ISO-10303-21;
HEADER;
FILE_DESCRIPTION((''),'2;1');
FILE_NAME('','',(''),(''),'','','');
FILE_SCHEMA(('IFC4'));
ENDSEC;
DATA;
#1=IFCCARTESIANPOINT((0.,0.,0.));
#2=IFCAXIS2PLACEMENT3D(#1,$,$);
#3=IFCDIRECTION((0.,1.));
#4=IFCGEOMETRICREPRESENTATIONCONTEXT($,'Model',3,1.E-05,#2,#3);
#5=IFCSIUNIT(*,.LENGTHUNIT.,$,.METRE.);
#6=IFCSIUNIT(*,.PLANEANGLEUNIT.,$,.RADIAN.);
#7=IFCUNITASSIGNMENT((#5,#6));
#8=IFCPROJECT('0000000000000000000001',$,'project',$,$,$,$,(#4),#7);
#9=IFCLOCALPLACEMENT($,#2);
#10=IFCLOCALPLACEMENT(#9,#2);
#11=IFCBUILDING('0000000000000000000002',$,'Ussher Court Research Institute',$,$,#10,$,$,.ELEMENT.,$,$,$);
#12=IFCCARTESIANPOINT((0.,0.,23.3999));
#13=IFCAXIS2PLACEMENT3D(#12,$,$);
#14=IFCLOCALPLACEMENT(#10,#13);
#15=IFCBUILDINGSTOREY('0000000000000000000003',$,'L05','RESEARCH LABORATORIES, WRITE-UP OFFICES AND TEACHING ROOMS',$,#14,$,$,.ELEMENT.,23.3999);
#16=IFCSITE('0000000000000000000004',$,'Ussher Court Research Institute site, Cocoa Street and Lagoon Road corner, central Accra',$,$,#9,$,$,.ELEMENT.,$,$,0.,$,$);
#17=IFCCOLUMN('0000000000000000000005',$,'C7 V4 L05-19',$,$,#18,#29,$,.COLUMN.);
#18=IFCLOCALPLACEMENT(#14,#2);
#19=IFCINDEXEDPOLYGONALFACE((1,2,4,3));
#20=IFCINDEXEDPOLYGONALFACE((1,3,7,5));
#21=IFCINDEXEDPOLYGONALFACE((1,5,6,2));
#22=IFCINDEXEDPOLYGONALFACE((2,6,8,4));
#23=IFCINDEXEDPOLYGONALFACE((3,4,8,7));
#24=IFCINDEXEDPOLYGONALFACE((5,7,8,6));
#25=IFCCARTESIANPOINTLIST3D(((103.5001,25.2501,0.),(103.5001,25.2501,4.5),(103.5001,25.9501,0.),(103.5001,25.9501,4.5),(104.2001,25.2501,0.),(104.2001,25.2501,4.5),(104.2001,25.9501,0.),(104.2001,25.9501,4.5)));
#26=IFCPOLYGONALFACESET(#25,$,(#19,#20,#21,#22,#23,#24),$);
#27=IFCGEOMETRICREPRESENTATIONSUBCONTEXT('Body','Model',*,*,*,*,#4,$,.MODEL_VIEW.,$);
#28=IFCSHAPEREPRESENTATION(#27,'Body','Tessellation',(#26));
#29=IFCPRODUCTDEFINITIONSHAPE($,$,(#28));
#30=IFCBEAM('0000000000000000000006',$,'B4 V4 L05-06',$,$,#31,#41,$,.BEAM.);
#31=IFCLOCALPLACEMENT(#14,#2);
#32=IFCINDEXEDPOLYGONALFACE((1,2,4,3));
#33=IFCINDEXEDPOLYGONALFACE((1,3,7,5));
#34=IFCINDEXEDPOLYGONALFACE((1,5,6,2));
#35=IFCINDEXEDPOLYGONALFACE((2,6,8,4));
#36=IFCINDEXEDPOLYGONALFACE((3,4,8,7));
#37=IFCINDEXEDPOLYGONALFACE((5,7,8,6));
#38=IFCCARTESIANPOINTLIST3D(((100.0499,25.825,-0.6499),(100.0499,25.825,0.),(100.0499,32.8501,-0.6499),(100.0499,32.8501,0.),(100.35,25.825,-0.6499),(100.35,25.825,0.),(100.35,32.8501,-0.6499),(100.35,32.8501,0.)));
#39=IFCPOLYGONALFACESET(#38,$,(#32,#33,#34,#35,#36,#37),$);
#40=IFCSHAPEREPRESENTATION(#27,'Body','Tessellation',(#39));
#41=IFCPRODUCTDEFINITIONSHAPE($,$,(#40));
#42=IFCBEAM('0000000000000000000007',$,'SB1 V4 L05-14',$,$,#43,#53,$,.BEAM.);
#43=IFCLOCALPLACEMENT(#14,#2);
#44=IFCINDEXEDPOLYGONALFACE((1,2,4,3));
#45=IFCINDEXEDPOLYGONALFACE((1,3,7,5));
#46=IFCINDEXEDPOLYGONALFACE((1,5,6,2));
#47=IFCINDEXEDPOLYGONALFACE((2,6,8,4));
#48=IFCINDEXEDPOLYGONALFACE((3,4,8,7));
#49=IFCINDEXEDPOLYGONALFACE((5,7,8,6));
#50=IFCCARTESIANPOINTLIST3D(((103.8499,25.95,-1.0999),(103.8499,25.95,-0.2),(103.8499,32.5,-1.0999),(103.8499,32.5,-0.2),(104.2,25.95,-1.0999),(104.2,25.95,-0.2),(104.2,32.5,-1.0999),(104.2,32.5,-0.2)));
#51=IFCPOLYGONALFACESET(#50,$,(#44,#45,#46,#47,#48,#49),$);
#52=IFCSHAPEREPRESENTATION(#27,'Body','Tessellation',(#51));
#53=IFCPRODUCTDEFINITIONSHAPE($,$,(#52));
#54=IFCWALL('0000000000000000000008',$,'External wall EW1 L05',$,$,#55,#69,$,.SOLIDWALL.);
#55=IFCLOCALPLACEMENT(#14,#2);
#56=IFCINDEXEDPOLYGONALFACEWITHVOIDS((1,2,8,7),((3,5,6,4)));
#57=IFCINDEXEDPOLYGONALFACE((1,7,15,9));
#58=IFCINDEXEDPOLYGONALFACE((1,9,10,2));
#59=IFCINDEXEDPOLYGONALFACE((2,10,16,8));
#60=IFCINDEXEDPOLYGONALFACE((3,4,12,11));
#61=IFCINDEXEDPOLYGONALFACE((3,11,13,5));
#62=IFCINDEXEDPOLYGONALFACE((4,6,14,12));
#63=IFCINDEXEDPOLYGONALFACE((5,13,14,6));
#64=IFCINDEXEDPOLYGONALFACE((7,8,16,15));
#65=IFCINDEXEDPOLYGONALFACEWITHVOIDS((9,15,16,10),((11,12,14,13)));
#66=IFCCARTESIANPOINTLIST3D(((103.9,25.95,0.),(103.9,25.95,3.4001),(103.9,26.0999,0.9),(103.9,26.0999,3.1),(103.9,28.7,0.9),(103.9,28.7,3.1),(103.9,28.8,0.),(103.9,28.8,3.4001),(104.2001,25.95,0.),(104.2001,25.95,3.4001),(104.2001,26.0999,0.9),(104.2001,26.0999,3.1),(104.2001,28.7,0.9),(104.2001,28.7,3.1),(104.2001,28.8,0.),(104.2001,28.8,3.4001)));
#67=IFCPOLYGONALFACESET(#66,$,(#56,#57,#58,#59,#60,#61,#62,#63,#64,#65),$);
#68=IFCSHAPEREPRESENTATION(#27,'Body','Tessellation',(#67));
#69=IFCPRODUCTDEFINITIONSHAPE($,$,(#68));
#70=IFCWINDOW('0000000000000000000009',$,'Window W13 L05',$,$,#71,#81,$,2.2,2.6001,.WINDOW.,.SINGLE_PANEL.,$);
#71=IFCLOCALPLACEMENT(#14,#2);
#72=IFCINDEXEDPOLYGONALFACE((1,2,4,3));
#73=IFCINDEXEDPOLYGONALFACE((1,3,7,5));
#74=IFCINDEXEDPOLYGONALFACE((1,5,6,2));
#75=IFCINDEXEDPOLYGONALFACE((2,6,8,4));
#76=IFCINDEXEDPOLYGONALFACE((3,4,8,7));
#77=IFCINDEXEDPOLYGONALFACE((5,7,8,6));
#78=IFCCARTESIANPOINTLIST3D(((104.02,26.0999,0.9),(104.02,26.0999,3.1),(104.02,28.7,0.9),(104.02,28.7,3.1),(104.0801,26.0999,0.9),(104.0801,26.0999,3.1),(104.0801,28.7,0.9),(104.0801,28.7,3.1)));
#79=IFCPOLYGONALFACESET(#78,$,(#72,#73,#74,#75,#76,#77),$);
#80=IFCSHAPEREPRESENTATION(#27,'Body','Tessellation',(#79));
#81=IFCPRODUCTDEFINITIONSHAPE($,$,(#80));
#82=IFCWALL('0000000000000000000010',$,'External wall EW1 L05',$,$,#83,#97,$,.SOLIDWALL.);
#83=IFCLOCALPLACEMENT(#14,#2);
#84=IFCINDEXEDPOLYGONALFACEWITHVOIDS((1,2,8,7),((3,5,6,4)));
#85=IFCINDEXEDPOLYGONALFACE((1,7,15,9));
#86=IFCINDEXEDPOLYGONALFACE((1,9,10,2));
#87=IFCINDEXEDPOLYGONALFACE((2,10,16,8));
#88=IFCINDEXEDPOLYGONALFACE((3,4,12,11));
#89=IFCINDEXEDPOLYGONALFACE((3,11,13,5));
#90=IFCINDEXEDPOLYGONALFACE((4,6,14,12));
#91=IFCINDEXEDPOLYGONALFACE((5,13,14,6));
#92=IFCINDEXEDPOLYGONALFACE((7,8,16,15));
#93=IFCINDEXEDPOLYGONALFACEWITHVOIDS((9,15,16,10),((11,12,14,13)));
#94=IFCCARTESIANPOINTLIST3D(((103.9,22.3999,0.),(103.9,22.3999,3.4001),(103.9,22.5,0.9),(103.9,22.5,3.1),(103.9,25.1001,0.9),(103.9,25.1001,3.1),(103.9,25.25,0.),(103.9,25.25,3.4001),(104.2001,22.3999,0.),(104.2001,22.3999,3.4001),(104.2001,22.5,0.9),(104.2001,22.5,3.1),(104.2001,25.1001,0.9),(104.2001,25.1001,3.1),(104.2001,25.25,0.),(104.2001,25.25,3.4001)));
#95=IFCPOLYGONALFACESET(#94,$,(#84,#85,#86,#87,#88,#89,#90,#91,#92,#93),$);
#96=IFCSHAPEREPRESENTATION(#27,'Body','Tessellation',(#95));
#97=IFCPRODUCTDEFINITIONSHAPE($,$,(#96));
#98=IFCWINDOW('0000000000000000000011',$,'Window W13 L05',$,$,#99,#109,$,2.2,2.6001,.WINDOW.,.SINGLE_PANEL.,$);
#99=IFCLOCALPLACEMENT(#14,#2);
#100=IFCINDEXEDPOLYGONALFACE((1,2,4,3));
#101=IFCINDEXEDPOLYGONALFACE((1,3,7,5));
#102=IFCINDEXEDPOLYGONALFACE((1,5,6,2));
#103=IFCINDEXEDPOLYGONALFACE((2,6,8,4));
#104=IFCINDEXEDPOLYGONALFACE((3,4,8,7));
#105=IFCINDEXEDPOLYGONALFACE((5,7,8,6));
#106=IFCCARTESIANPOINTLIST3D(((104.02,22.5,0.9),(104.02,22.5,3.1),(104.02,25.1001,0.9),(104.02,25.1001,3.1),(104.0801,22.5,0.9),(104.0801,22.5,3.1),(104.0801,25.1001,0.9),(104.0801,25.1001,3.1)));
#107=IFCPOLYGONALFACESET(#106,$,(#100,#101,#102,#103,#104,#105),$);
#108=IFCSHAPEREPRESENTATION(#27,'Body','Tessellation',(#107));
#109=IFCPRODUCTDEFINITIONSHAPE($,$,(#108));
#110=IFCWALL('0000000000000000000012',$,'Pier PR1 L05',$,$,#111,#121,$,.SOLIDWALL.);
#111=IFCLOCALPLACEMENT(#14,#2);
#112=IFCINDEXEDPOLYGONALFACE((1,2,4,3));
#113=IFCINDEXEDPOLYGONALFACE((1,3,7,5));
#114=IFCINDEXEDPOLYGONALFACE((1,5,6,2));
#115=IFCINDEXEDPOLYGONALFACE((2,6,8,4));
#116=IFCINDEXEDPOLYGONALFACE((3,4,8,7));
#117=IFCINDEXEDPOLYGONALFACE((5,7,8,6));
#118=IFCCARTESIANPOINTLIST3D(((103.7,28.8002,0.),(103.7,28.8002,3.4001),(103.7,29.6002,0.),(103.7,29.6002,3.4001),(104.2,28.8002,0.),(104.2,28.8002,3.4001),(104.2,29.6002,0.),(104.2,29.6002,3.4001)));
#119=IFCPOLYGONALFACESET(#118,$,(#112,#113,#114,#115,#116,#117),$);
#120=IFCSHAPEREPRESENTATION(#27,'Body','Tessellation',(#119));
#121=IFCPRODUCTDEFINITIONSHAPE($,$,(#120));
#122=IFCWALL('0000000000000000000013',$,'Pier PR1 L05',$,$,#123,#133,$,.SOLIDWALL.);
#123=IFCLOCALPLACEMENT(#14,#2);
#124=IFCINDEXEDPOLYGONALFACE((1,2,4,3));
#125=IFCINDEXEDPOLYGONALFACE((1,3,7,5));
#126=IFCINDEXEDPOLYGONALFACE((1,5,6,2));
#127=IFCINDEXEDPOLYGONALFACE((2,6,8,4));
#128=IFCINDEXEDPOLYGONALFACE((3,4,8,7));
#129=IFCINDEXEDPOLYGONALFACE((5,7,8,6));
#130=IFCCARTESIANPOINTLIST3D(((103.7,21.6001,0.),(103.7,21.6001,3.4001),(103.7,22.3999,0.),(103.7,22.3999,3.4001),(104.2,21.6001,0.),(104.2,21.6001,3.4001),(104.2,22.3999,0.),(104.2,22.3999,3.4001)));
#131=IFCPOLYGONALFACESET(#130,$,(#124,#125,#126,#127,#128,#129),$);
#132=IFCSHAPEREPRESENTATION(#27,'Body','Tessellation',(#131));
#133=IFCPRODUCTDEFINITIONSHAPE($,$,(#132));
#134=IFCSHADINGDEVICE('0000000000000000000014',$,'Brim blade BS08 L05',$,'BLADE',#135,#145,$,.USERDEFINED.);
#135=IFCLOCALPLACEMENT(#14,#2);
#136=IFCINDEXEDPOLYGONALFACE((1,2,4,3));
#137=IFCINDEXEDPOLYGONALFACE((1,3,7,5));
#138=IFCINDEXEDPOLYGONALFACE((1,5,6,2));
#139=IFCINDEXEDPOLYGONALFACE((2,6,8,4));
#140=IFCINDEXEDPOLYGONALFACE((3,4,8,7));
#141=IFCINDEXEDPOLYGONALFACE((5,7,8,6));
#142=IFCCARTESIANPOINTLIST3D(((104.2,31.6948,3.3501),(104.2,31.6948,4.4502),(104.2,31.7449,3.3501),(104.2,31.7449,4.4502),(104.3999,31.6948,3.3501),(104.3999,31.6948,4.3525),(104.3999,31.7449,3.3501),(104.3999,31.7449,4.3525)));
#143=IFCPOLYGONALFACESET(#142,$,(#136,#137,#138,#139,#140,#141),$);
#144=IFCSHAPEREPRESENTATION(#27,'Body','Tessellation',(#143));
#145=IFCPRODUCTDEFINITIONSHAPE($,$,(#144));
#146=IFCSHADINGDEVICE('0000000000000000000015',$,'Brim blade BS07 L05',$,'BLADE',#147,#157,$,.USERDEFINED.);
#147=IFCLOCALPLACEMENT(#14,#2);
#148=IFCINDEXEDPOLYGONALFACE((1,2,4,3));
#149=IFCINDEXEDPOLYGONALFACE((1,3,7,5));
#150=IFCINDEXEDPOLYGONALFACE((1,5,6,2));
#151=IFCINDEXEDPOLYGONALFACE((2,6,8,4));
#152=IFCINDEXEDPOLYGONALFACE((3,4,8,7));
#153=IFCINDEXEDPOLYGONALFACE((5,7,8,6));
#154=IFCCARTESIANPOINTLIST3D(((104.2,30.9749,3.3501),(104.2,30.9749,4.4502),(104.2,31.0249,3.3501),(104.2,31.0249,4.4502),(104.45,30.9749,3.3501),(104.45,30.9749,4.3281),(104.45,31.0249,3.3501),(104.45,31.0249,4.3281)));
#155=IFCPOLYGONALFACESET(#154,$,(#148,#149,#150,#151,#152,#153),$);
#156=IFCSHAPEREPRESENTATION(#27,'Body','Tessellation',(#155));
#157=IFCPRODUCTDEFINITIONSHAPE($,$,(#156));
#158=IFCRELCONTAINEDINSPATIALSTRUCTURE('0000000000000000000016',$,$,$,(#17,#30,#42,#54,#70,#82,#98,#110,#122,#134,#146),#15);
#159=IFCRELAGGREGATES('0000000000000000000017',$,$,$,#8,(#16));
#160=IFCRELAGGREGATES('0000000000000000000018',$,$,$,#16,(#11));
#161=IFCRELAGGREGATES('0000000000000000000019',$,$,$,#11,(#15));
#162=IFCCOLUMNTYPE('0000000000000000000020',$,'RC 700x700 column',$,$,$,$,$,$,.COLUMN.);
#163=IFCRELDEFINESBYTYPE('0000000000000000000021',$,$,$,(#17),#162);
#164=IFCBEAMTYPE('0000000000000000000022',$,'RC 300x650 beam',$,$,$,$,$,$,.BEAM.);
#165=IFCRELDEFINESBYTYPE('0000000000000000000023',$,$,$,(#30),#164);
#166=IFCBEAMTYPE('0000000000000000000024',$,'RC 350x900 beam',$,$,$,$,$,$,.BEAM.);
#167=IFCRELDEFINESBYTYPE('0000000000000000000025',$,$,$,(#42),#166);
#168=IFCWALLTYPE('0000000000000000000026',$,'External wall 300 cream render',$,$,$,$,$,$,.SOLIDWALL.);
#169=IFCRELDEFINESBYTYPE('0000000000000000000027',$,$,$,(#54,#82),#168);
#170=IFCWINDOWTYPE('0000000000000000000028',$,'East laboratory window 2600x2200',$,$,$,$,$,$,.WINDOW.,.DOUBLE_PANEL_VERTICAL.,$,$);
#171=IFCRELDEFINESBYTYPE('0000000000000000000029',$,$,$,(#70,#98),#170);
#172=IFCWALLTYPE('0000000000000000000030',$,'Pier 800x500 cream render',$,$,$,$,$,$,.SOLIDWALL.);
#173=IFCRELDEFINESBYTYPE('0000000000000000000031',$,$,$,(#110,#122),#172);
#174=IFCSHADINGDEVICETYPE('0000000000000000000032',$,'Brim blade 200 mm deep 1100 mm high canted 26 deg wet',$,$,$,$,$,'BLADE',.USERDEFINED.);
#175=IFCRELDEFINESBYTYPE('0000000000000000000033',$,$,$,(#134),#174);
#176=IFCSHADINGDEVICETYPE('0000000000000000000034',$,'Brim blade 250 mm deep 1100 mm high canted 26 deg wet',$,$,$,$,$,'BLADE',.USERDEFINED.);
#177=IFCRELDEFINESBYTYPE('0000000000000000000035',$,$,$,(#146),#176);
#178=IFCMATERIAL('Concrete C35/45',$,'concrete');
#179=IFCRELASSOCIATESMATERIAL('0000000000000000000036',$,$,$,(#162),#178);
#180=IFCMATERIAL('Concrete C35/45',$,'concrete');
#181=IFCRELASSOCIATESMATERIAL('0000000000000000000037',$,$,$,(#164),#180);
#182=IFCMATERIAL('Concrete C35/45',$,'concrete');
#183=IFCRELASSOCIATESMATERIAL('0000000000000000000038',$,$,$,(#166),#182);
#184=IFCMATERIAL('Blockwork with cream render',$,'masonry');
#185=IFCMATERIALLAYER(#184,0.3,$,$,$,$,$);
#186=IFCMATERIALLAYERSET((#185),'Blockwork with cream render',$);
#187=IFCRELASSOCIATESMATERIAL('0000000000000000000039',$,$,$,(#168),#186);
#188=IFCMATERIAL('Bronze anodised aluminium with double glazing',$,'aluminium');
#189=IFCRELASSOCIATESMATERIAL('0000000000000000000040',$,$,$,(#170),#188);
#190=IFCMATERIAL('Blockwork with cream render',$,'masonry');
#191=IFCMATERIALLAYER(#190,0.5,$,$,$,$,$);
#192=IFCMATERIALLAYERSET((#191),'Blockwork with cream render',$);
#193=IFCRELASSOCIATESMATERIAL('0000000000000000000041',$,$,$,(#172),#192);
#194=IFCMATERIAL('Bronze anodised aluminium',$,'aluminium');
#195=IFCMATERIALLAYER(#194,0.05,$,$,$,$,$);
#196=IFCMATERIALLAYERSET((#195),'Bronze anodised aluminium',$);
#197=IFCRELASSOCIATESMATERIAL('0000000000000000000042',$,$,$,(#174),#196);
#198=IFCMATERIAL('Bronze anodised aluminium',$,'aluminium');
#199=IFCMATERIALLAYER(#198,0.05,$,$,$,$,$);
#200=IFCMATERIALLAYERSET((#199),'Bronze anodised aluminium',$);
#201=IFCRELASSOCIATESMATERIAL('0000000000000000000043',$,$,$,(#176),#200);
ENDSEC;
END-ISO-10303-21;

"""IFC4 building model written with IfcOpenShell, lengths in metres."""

from ifc_helpers import new_model, si_unit, direction, frame, frame_2d, origin, origin_2d, place, context, subcontext, project, spatial, polyline, rectangle, outline, extrude, material, layer, layer_set, material_profile, profile_set, type_object, element, fill, save


model = new_model("IFC4")

# Units and contexts
model_context = context("Model", 3, precision=1e-05, world=origin(), true_north=direction((0.0, 1.0)))
body_context = subcontext(model_context, "Body", "Model", "MODEL_VIEW")
ifc_project = project(units=[si_unit("LENGTHUNIT", "METRE"), si_unit("PLANEANGLEUNIT", "RADIAN")], contexts=[model_context])

# Site, building, storey
site_placement = place(None, origin())
site = spatial("IfcSite", under=ifc_project, at=site_placement, Name="Ussher Court Research Institute site, Cocoa Street and Lagoon Road corner, central Accra", CompositionType="ELEMENT", RefElevation=0.0)
building_placement = place(site_placement, origin())
building = spatial("IfcBuilding", under=site, at=building_placement, Name="Ussher Court Research Institute", CompositionType="ELEMENT")
storey_placement = place(building_placement, frame((0.0, 0.0, 23.3999)))
storey = spatial("IfcBuildingStorey", under=building, at=storey_placement, Name="L05", Description="RESEARCH LABORATORIES, WRITE-UP OFFICES AND TEACHING ROOMS", CompositionType="ELEMENT", Elevation=23.3999)

# Column
ifc_material_1 = material(Name="Concrete C35/45", Category="concrete")
ifc_material_profile_1 = material_profile(ifc_material_1, rectangle(XDim=0.7, YDim=0.7, at=origin_2d()), Name="RC 700x700")
ifc_profile_set_1 = profile_set([ifc_material_profile_1], Name="Concrete C35/45")
column_type = type_object("IfcColumnType", Name="RC 700x700 column", PredefinedType="COLUMN", material=ifc_profile_set_1)
column_placement = place(storey_placement, frame((103.8501, 25.6001, 0.0), z_axis=(0.0, 0.0, 1.0), x_axis=(1.0, 0.0, 0.0)))
element("IfcColumn", 1, at=column_placement, inside=storey, type_object=column_type, Name="C7 V4 L05-19", PredefinedType="COLUMN", context=body_context, shape_type="SweptSolid", body=[
    extrude(rectangle(XDim=0.7, YDim=0.7, at=origin_2d()), origin(), (0.0, 0.0, 1.0), 4.5),
])

# Beams
ifc_material_2 = material(Name="Concrete C35/45", Category="concrete")
ifc_material_profile_2 = material_profile(ifc_material_2, rectangle(XDim=0.3, YDim=0.6499, at=origin_2d()), Name="RC 300x650")
ifc_profile_set_2 = profile_set([ifc_material_profile_2], Name="Concrete C35/45")
beam_type_1 = type_object("IfcBeamType", Name="RC 300x650 beam", PredefinedType="BEAM", material=ifc_profile_set_2)
beam_1_placement = place(storey_placement, frame((100.2, 25.825, -0.325), z_axis=(0.0, 1.0, 0.0), x_axis=(-1.0, 0.0, 0.0)))
element("IfcBeam", 2, at=beam_1_placement, inside=storey, type_object=beam_type_1, Name="B4 V4 L05-06", PredefinedType="BEAM", context=body_context, shape_type="SweptSolid", body=[
    extrude(rectangle(XDim=0.3, YDim=0.6499, at=origin_2d()), origin(), (0.0, 0.0, 1.0), 7.0251),
])
ifc_material_3 = material(Name="Concrete C35/45", Category="concrete")
ifc_material_profile_3 = material_profile(ifc_material_3, rectangle(XDim=0.3501, YDim=0.8999, at=origin_2d()), Name="RC 350x900")
ifc_profile_set_3 = profile_set([ifc_material_profile_3], Name="Concrete C35/45")
beam_type_2 = type_object("IfcBeamType", Name="RC 350x900 beam", PredefinedType="BEAM", material=ifc_profile_set_3)
beam_2_placement = place(storey_placement, frame((104.0249, 25.95, -0.6499), z_axis=(0.0, 1.0, 0.0), x_axis=(-1.0, 0.0, 0.0)))
element("IfcBeam", 3, at=beam_2_placement, inside=storey, type_object=beam_type_2, Name="SB1 V4 L05-14", PredefinedType="BEAM", context=body_context, shape_type="SweptSolid", body=[
    extrude(rectangle(XDim=0.3501, YDim=0.8999, at=origin_2d()), origin(), (0.0, 0.0, 1.0), 6.55),
])

# Walls, openings, windows
ifc_material_4 = material(Name="Blockwork with cream render", Category="masonry")
ifc_layer_1 = layer(ifc_material_4, 0.3)
ifc_layer_set_1 = layer_set([ifc_layer_1], Name="Blockwork with cream render")
wall_type_1 = type_object("IfcWallType", Name="External wall 300 cream render", PredefinedType="SOLIDWALL", material=ifc_layer_set_1)
wall_1_placement = place(storey_placement, frame((104.05, 28.8, 0.0), z_axis=(0.0, 0.0, 1.0), x_axis=(0.0, -1.0, 0.0)))
wall_1 = element("IfcWall", 4, at=wall_1_placement, inside=storey, type_object=wall_type_1, Name="External wall EW1 L05", PredefinedType="SOLIDWALL", context=body_context, shape_type="SweptSolid", body=[
    extrude(rectangle(XDim=2.8501, YDim=0.3, at=frame_2d((1.425, 0.0))), origin(), (0.0, 0.0, 1.0), 3.4001),
])
opening_1_placement = place(wall_1_placement, frame((0.1001, 0.0, 0.8999)))
opening_1 = element("IfcOpeningElement", 5, at=opening_1_placement, cuts=wall_1, PredefinedType="OPENING", context=body_context, shape_type="SweptSolid", body=[
    extrude(rectangle(XDim=2.6001, YDim=2.2, at=frame_2d((1.3, 1.1001))), frame((0.0, 0.1602, 0.0), z_axis=(0.0, -1.0, 0.0), x_axis=(1.0, 0.0, 0.0)), (0.0, 0.0, 1.0), 0.3201),
])
ifc_material_5 = material(Name="Bronze anodised aluminium with double glazing", Category="aluminium")
window_type = type_object("IfcWindowType", Name="East laboratory window 2600x2200", PartitioningType="DOUBLE_PANEL_VERTICAL", PredefinedType="WINDOW", material=ifc_material_5)
window_1_placement = place(opening_1_placement, origin())
window_1 = element("IfcWindow", 6, at=window_1_placement, inside=storey, type_object=window_type, Name="Window W13 L05", OverallHeight=2.2, OverallWidth=2.6001, PartitioningType="SINGLE_PANEL", PredefinedType="WINDOW", context=body_context, shape_type="SweptSolid", body=[
    extrude(rectangle(XDim=2.6001, YDim=2.2, at=frame_2d((1.3, 1.1001))), frame((0.0, 0.03, 0.0), z_axis=(0.0, -1.0, 0.0), x_axis=(1.0, 0.0, 0.0)), (0.0, 0.0, 1.0), 0.0601),
])
fill(opening_1, window_1)
wall_2_placement = place(storey_placement, frame((104.05, 25.25, 0.0), z_axis=(0.0, 0.0, 1.0), x_axis=(0.0, -1.0, 0.0)))
wall_2 = element("IfcWall", 7, at=wall_2_placement, inside=storey, type_object=wall_type_1, Name="External wall EW1 L05", PredefinedType="SOLIDWALL", context=body_context, shape_type="SweptSolid", body=[
    extrude(rectangle(XDim=2.8501, YDim=0.3, at=frame_2d((1.425, 0.0))), origin(), (0.0, 0.0, 1.0), 3.4001),
])
opening_2_placement = place(wall_2_placement, frame((0.1499, 0.0, 0.8999)))
opening_2 = element("IfcOpeningElement", 8, at=opening_2_placement, cuts=wall_2, PredefinedType="OPENING", context=body_context, shape_type="SweptSolid", body=[
    extrude(rectangle(XDim=2.6001, YDim=2.2, at=frame_2d((1.3, 1.1001))), frame((0.0, 0.1602, 0.0), z_axis=(0.0, -1.0, 0.0), x_axis=(1.0, 0.0, 0.0)), (0.0, 0.0, 1.0), 0.3201),
])
window_2_placement = place(opening_2_placement, origin())
window_2 = element("IfcWindow", 9, at=window_2_placement, inside=storey, type_object=window_type, Name="Window W13 L05", OverallHeight=2.2, OverallWidth=2.6001, PartitioningType="SINGLE_PANEL", PredefinedType="WINDOW", context=body_context, shape_type="SweptSolid", body=[
    extrude(rectangle(XDim=2.6001, YDim=2.2, at=frame_2d((1.3, 1.1001))), frame((0.0, 0.03, 0.0), z_axis=(0.0, -1.0, 0.0), x_axis=(1.0, 0.0, 0.0)), (0.0, 0.0, 1.0), 0.0601),
])
fill(opening_2, window_2)

# Walls
ifc_material_6 = material(Name="Blockwork with cream render", Category="masonry")
ifc_layer_2 = layer(ifc_material_6, 0.5)
ifc_layer_set_2 = layer_set([ifc_layer_2], Name="Blockwork with cream render")
wall_type_2 = type_object("IfcWallType", Name="Pier 800x500 cream render", PredefinedType="SOLIDWALL", material=ifc_layer_set_2)
wall_3_placement = place(storey_placement, frame((103.95, 29.6001, 0.0), z_axis=(0.0, 0.0, 1.0), x_axis=(0.0, -1.0, 0.0)))
element("IfcWall", 10, at=wall_3_placement, inside=storey, type_object=wall_type_2, Name="Pier PR1 L05", PredefinedType="SOLIDWALL", context=body_context, shape_type="SweptSolid", body=[
    extrude(rectangle(XDim=0.8, YDim=0.5, at=frame_2d((0.3999, 0.0))), origin(), (0.0, 0.0, 1.0), 3.4001),
])
wall_4_placement = place(storey_placement, frame((103.95, 22.3999, 0.0), z_axis=(0.0, 0.0, 1.0), x_axis=(0.0, -1.0, 0.0)))
element("IfcWall", 11, at=wall_4_placement, inside=storey, type_object=wall_type_2, Name="Pier PR1 L05", PredefinedType="SOLIDWALL", context=body_context, shape_type="SweptSolid", body=[
    extrude(rectangle(XDim=0.7998, YDim=0.5, at=frame_2d((0.3999, 0.0))), origin(), (0.0, 0.0, 1.0), 3.4001),
])

# Shading devices
ifc_material_7 = material(Name="Bronze anodised aluminium", Category="aluminium")
ifc_layer_3 = layer(ifc_material_7, 0.05)
ifc_layer_set_3 = layer_set([ifc_layer_3], Name="Bronze anodised aluminium")
shading_device_type_1 = type_object("IfcShadingDeviceType", Name="Brim blade 200 mm deep 1100 mm high canted 26 deg wet", ElementType="BLADE", PredefinedType="USERDEFINED", material=ifc_layer_set_3)
shading_device_1_placement = place(storey_placement, frame((104.2, 31.72, 3.3501), z_axis=(0.0, 0.0, 1.0), x_axis=(1.0, 0.0, 0.0)))
element("IfcShadingDevice", 12, at=shading_device_1_placement, inside=storey, type_object=shading_device_type_1, Name="Brim blade BS08 L05", ObjectType="BLADE", PredefinedType="USERDEFINED", context=body_context, shape_type="SweptSolid", body=[
    extrude(outline(polyline([(0.0, 0.0), (0.2, 0.0), (0.2, 1.0024), (0.0, 1.1001), (0.0, 0.0)])), frame((0.0, 0.0249, 0.0), z_axis=(0.0, -1.0, 0.0), x_axis=(1.0, 0.0, 0.0)), (0.0, 0.0, 1.0), 0.05),
])
ifc_material_8 = material(Name="Bronze anodised aluminium", Category="aluminium")
ifc_layer_4 = layer(ifc_material_8, 0.05)
ifc_layer_set_4 = layer_set([ifc_layer_4], Name="Bronze anodised aluminium")
shading_device_type_2 = type_object("IfcShadingDeviceType", Name="Brim blade 250 mm deep 1100 mm high canted 26 deg wet", ElementType="BLADE", PredefinedType="USERDEFINED", material=ifc_layer_set_4)
shading_device_2_placement = place(storey_placement, frame((104.2, 31.0, 3.3501), z_axis=(0.0, 0.0, 1.0), x_axis=(1.0, 0.0, 0.0)))
element("IfcShadingDevice", 13, at=shading_device_2_placement, inside=storey, type_object=shading_device_type_2, Name="Brim blade BS07 L05", ObjectType="BLADE", PredefinedType="USERDEFINED", context=body_context, shape_type="SweptSolid", body=[
    extrude(outline(polyline([(0.0, 0.0), (0.25, 0.0), (0.25, 0.978), (0.0, 1.1001), (0.0, 0.0)])), frame((0.0, 0.0249, 0.0), z_axis=(0.0, -1.0, 0.0), x_axis=(1.0, 0.0, 0.0)), (0.0, 0.0, 1.0), 0.05),
])

save(model, "model.ifc")
